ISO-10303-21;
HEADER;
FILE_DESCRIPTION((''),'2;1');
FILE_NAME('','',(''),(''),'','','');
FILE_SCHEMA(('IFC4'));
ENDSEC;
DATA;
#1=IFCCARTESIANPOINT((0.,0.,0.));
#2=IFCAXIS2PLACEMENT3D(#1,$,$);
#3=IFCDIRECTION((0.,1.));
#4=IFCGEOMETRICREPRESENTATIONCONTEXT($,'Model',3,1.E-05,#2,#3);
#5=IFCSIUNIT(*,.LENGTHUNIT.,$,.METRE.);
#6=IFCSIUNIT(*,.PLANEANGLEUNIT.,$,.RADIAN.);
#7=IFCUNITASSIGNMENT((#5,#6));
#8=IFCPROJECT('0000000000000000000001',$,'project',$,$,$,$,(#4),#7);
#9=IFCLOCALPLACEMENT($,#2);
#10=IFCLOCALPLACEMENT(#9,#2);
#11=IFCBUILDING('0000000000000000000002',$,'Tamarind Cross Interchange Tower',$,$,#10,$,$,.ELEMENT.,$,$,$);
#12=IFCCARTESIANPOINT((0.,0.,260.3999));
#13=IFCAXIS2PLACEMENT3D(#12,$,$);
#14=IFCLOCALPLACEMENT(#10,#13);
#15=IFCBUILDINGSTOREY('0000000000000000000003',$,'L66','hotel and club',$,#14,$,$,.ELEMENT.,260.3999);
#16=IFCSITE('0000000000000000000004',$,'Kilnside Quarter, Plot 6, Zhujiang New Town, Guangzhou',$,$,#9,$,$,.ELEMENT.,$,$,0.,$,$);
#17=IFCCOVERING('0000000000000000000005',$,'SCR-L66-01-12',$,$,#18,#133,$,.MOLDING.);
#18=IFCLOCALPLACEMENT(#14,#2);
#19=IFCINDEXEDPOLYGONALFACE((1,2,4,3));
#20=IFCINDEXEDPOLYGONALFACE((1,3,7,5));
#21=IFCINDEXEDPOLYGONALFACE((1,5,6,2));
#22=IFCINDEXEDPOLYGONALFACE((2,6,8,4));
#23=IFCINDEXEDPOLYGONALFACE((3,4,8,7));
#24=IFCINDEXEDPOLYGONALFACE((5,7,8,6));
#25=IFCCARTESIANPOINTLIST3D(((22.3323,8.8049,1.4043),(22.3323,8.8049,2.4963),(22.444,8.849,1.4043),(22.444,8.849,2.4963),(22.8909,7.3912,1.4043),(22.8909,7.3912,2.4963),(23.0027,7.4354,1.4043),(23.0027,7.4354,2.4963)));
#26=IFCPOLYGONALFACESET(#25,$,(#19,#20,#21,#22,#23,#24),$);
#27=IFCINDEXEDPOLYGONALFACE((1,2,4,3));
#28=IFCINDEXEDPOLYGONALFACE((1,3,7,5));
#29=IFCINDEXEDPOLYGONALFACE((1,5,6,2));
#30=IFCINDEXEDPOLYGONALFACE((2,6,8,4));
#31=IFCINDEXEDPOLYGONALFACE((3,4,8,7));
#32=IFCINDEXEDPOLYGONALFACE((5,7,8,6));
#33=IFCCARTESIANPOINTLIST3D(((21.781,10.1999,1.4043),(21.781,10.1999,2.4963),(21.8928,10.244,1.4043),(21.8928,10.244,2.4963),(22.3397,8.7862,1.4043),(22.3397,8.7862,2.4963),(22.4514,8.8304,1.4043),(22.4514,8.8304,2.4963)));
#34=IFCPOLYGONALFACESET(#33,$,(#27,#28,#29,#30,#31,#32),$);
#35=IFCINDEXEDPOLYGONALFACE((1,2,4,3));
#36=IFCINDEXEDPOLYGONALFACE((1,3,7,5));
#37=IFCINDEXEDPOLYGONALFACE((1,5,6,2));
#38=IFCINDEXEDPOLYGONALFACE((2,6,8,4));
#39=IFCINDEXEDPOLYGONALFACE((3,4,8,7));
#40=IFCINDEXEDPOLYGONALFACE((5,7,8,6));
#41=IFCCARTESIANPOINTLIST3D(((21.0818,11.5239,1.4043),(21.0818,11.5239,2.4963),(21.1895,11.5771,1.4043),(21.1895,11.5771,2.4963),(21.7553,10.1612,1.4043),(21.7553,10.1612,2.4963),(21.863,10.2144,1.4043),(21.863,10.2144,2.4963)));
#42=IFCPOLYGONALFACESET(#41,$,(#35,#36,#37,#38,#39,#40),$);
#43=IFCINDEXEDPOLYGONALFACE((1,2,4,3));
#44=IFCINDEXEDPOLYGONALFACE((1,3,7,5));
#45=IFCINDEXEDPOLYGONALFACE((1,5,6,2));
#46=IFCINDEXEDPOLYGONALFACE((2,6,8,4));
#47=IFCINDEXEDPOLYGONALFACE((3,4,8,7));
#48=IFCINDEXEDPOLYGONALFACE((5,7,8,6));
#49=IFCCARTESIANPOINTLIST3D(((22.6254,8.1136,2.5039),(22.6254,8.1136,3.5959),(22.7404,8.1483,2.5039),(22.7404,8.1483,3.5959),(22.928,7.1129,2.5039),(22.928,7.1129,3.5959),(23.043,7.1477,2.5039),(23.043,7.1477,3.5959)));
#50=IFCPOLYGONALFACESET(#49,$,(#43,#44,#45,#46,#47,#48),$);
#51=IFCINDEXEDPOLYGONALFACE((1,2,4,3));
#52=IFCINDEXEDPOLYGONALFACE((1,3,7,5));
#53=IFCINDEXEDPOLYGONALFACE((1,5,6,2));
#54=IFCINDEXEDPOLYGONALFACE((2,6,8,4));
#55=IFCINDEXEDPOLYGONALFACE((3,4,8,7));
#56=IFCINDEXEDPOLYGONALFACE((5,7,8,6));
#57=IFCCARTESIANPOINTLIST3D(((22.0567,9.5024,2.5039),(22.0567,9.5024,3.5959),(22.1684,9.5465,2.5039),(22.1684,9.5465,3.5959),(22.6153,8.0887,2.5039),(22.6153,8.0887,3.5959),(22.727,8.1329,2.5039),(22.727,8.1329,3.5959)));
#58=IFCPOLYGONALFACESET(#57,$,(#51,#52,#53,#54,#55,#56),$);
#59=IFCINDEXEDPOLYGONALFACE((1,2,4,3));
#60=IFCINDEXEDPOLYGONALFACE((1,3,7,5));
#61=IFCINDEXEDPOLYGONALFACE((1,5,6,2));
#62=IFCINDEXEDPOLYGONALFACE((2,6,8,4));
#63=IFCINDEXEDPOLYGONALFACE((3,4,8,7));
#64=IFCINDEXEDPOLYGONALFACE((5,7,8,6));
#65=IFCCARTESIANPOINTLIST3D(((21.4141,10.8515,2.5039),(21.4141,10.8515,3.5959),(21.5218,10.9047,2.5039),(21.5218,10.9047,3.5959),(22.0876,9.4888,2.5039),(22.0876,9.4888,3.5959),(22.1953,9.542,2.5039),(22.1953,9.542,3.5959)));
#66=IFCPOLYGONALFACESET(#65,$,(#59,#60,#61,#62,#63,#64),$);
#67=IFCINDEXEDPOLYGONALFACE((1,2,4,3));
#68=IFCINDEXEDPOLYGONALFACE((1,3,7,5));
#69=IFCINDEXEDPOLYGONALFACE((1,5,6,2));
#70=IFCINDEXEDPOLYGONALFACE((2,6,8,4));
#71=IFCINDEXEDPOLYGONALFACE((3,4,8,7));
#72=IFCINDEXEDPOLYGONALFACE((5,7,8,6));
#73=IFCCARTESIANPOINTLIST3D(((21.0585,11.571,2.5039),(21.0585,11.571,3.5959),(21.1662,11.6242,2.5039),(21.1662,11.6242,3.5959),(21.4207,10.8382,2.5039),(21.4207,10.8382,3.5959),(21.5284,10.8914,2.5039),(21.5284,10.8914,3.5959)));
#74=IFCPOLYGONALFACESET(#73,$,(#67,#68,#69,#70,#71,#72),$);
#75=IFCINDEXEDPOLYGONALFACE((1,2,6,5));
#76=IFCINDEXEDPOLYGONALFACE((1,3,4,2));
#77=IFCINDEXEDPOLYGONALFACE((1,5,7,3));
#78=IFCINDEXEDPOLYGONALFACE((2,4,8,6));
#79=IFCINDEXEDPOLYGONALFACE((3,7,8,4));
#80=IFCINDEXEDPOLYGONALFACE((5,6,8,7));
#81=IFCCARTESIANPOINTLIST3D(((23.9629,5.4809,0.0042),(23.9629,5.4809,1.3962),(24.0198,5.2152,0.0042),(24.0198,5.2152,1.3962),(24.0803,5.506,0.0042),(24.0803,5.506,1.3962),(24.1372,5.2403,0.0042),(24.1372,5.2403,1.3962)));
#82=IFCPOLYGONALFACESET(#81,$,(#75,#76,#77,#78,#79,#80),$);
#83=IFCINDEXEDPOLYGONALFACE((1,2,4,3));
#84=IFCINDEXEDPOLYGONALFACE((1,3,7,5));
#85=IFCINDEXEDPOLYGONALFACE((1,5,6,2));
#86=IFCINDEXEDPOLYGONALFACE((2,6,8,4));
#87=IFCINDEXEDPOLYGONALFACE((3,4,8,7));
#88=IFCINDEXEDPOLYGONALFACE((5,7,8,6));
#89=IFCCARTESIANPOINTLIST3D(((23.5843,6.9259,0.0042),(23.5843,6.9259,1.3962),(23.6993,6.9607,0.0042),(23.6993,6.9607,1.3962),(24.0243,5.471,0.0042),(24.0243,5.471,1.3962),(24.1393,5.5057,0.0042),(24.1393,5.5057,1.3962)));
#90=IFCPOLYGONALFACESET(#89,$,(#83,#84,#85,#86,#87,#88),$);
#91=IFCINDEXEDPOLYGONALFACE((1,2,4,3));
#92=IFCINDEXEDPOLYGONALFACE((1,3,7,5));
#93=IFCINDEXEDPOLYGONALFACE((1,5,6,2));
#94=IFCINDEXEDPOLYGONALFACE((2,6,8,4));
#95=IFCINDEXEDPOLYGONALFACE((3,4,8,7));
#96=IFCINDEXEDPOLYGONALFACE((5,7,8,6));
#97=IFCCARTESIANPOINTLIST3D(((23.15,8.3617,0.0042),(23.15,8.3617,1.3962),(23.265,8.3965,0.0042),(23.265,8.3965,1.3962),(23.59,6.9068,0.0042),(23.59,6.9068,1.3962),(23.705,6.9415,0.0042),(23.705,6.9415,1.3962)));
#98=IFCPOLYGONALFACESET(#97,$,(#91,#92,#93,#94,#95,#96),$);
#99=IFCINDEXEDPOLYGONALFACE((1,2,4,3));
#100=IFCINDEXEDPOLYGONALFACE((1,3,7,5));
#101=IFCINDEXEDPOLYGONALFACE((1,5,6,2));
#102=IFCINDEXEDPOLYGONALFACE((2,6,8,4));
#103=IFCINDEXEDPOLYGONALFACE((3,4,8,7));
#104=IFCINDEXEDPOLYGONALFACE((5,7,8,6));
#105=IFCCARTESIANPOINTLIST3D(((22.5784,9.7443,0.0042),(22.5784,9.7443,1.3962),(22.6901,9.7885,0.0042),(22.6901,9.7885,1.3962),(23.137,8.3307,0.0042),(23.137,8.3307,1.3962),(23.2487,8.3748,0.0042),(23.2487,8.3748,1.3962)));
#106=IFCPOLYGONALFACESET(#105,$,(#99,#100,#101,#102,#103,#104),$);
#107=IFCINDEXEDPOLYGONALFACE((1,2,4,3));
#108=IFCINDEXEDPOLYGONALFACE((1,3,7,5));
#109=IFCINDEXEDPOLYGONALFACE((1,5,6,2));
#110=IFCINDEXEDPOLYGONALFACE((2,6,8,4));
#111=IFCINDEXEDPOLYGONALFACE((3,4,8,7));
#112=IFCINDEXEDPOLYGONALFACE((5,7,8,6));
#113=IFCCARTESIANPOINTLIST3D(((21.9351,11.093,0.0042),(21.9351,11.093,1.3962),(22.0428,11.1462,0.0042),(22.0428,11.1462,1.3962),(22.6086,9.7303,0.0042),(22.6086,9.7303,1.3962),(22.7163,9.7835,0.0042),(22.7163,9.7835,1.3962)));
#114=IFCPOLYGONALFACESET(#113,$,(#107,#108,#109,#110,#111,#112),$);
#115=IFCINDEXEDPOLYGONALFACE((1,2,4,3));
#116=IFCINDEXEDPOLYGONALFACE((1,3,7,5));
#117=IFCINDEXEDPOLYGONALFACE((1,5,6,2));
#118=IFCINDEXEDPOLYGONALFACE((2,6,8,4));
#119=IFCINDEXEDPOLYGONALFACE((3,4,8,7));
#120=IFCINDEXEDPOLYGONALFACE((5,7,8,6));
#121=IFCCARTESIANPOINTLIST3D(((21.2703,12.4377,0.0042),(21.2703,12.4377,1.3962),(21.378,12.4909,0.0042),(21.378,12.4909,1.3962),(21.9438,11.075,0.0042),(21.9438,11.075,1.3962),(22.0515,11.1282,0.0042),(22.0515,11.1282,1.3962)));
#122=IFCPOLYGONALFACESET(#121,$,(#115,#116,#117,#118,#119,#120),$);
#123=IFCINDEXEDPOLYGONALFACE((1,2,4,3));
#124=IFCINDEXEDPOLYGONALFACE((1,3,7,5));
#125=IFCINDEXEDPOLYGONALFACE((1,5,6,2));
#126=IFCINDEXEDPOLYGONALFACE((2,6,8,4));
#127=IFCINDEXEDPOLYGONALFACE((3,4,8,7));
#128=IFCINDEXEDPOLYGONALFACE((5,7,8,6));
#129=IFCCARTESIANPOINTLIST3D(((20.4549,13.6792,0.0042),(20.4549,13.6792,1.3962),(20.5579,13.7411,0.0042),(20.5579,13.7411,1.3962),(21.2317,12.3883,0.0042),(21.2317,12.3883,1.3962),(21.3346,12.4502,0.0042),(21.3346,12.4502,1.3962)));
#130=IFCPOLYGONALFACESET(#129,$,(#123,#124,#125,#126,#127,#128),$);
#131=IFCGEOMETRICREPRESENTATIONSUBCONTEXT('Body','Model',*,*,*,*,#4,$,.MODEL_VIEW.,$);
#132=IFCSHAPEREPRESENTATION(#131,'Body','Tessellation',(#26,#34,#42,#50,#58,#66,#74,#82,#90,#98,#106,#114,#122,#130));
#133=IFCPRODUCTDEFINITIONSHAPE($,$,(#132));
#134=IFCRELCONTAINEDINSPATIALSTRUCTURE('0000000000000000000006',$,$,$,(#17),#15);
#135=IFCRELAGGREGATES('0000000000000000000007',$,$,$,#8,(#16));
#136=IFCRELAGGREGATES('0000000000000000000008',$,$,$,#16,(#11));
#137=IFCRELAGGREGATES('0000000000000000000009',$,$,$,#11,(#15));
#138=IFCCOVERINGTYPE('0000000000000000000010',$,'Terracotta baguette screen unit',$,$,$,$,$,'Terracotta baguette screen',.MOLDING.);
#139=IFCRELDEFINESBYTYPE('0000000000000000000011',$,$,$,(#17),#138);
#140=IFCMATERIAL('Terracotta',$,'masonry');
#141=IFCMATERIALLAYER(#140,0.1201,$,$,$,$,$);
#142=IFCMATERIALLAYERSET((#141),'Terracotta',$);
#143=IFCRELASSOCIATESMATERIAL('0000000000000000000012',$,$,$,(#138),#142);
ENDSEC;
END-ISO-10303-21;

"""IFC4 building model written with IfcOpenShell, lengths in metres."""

from ifc_helpers import new_model, si_unit, direction, frame, origin, origin_2d, place, context, subcontext, project, spatial, rectangle, extrude, material, layer, layer_set, type_object, element, save


model = new_model("IFC4")

# Units and contexts
model_context = context("Model", 3, precision=1e-05, world=origin(), true_north=direction((0.0, 1.0)))
body_context = subcontext(model_context, "Body", "Model", "MODEL_VIEW")
ifc_project = project(units=[si_unit("LENGTHUNIT", "METRE"), si_unit("PLANEANGLEUNIT", "RADIAN")], contexts=[model_context])

# Site, building, storey
site_placement = place(None, origin())
site = spatial("IfcSite", under=ifc_project, at=site_placement, Name="Kilnside Quarter, Plot 6, Zhujiang New Town, Guangzhou", CompositionType="ELEMENT", RefElevation=0.0)
building_placement = place(site_placement, origin())
building = spatial("IfcBuilding", under=site, at=building_placement, Name="Tamarind Cross Interchange Tower", CompositionType="ELEMENT")
storey_placement = place(building_placement, frame((0.0, 0.0, 260.3999)))
storey = spatial("IfcBuildingStorey", under=building, at=storey_placement, Name="L66", Description="hotel and club", CompositionType="ELEMENT", Elevation=260.3999)

# Covering
ifc_material_1 = material(Name="Terracotta", Category="masonry")
ifc_layer_1 = layer(ifc_material_1, 0.1201)
ifc_layer_set_1 = layer_set([ifc_layer_1], Name="Terracotta")
covering_type = type_object("IfcCoveringType", Name="Terracotta baguette screen unit", ElementType="Terracotta baguette screen", PredefinedType="MOLDING", material=ifc_layer_set_1)
covering_1_placement = place(storey_placement, origin())
element("IfcCovering", 1, at=covering_1_placement, inside=storey, type_object=covering_type, Name="SCR-L66-01-12", PredefinedType="MOLDING", context=body_context, shape_type="SweptSolid", body=[
    extrude(rectangle(XDim=1.52, YDim=0.1201, at=origin_2d()), frame((22.6675, 8.1201, 1.4043), z_axis=(0.0, 0.0, 1.0), x_axis=(-0.367514, 0.930018, 0.0)), (0.0, 0.0, 1.0), 1.092),
    extrude(rectangle(XDim=1.52, YDim=0.1201, at=origin_2d()), frame((22.1162, 9.5151, 1.4043), z_axis=(0.0, 0.0, 1.0), x_axis=(-0.367514, 0.930018, 0.0)), (0.0, 0.0, 1.0), 1.092),
    extrude(rectangle(XDim=1.52, YDim=0.1201, at=origin_2d()), frame((21.4724, 10.8691, 1.4043), z_axis=(0.0, 0.0, 1.0), x_axis=(-0.443059, 0.896493, 0.0)), (0.0, 0.0, 1.0), 1.092),
    extrude(rectangle(XDim=1.0454, YDim=0.1201, at=origin_2d()), frame((22.8342, 7.6306, 2.5039), z_axis=(0.0, 0.0, 1.0), x_axis=(-0.289458, 0.957191, 0.0)), (0.0, 0.0, 1.0), 1.092),
    extrude(rectangle(XDim=1.52, YDim=0.1201, at=origin_2d()), frame((22.3918, 8.8176, 2.5039), z_axis=(0.0, 0.0, 1.0), x_axis=(-0.367514, 0.930018, 0.0)), (0.0, 0.0, 1.0), 1.092),
    extrude(rectangle(XDim=1.52, YDim=0.1201, at=origin_2d()), frame((21.8047, 10.1968, 2.5039), z_axis=(0.0, 0.0, 1.0), x_axis=(-0.443059, 0.896493, 0.0)), (0.0, 0.0, 1.0), 1.092),
    extrude(rectangle(XDim=0.8174, YDim=0.1201, at=origin_2d()), frame((21.2935, 11.2312, 2.5039), z_axis=(0.0, 0.0, 1.0), x_axis=(-0.443059, 0.896493, 0.0)), (0.0, 0.0, 1.0), 1.092),
    extrude(rectangle(XDim=0.2717, YDim=0.1201, at=origin_2d()), frame((24.05, 5.3606, 0.0042), z_axis=(0.0, 0.0, 1.0), x_axis=(-0.209425, 0.977825, 0.0)), (0.0, 0.0, 1.0), 1.3921),
    extrude(rectangle(XDim=1.52, YDim=0.1201, at=origin_2d()), frame((23.8618, 6.2158, 0.0042), z_axis=(0.0, 0.0, 1.0), x_axis=(-0.289458, 0.957191, 0.0)), (0.0, 0.0, 1.0), 1.3921),
    extrude(rectangle(XDim=1.52, YDim=0.1201, at=origin_2d()), frame((23.4275, 7.6516, 0.0042), z_axis=(0.0, 0.0, 1.0), x_axis=(-0.289458, 0.957191, 0.0)), (0.0, 0.0, 1.0), 1.3921),
    extrude(rectangle(XDim=1.52, YDim=0.1201, at=origin_2d()), frame((22.9136, 9.0596, 0.0042), z_axis=(0.0, 0.0, 1.0), x_axis=(-0.367514, 0.930018, 0.0)), (0.0, 0.0, 1.0), 1.3921),
    extrude(rectangle(XDim=1.52, YDim=0.1201, at=origin_2d()), frame((22.3257, 10.4382, 0.0042), z_axis=(0.0, 0.0, 1.0), x_axis=(-0.443059, 0.896493, 0.0)), (0.0, 0.0, 1.0), 1.3921),
    extrude(rectangle(XDim=1.52, YDim=0.1201, at=origin_2d()), frame((21.6609, 11.783, 0.0042), z_axis=(0.0, 0.0, 1.0), x_axis=(-0.443059, 0.896493, 0.0)), (0.0, 0.0, 1.0), 1.3921),
    extrude(rectangle(XDim=1.5066, YDim=0.1201, at=origin_2d()), frame((20.8948, 13.0647, 0.0042), z_axis=(0.0, 0.0, 1.0), x_axis=(-0.515577, 0.856843, 0.0)), (0.0, 0.0, 1.0), 1.3921),
])

save(model, "model.ifc")
